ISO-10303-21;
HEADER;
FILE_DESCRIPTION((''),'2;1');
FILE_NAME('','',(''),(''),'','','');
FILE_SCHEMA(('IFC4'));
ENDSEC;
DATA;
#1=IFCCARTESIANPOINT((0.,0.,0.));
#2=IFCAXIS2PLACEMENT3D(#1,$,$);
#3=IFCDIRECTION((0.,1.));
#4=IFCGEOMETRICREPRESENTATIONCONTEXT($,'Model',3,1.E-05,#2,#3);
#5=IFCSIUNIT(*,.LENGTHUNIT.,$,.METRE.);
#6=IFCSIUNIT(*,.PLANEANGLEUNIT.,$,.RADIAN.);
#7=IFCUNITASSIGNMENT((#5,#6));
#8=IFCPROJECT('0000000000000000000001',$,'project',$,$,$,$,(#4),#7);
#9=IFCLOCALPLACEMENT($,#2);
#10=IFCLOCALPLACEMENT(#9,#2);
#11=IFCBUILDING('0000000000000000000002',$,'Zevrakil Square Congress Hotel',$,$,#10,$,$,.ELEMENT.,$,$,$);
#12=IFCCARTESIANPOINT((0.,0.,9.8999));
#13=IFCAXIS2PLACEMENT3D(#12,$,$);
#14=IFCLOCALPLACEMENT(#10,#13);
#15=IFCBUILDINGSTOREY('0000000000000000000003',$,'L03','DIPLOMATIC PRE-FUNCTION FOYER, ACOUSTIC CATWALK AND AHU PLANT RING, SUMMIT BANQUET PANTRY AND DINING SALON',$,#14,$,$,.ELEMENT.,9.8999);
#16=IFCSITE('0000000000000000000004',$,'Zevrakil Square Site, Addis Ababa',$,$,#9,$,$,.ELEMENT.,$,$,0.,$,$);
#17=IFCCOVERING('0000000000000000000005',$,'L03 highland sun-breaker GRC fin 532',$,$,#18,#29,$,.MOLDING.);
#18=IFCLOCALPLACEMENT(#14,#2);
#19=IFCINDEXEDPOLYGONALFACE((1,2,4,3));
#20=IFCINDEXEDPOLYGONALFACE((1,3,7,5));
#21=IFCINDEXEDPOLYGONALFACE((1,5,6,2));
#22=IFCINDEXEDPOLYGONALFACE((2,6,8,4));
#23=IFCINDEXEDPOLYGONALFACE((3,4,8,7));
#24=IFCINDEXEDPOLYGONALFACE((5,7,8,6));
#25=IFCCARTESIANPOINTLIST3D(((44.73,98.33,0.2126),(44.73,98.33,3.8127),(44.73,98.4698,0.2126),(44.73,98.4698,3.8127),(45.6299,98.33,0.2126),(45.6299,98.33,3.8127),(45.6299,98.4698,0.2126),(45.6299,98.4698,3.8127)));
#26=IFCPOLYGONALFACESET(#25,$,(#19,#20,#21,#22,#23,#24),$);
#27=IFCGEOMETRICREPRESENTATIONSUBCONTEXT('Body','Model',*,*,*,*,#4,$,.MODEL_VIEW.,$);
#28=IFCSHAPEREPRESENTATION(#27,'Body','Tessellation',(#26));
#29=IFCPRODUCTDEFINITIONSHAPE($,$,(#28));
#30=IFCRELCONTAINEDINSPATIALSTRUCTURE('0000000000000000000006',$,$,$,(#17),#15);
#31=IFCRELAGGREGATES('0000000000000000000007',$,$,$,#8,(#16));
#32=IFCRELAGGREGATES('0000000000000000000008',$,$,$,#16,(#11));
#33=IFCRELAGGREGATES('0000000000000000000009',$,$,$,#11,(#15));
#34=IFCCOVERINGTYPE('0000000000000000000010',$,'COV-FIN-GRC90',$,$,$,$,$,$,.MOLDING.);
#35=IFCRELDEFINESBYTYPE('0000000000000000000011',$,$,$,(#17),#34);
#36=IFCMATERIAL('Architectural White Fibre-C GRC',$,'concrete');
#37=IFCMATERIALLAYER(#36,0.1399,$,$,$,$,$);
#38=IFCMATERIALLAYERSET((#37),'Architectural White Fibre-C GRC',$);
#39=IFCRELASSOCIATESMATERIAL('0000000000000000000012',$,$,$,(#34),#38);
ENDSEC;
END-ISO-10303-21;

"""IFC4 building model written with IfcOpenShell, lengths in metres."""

from ifc_helpers import new_model, si_unit, direction, frame, origin, origin_2d, place, context, subcontext, project, spatial, rectangle, extrude, material, layer, layer_set, type_object, element, save


model = new_model("IFC4")

# Units and contexts
model_context = context("Model", 3, precision=1e-05, world=origin(), true_north=direction((0.0, 1.0)))
body_context = subcontext(model_context, "Body", "Model", "MODEL_VIEW")
ifc_project = project(units=[si_unit("LENGTHUNIT", "METRE"), si_unit("PLANEANGLEUNIT", "RADIAN")], contexts=[model_context])

# Site, building, storey
site_placement = place(None, origin())
site = spatial("IfcSite", under=ifc_project, at=site_placement, Name="Zevrakil Square Site, Addis Ababa", CompositionType="ELEMENT", RefElevation=0.0)
building_placement = place(site_placement, origin())
building = spatial("IfcBuilding", under=site, at=building_placement, Name="Zevrakil Square Congress Hotel", CompositionType="ELEMENT")
storey_placement = place(building_placement, frame((0.0, 0.0, 9.8999)))
storey = spatial("IfcBuildingStorey", under=building, at=storey_placement, Name="L03", Description="DIPLOMATIC PRE-FUNCTION FOYER, ACOUSTIC CATWALK AND AHU PLANT RING, SUMMIT BANQUET PANTRY AND DINING SALON", CompositionType="ELEMENT", Elevation=9.8999)

# Covering
ifc_material_1 = material(Name="Architectural White Fibre-C GRC", Category="concrete")
ifc_layer_1 = layer(ifc_material_1, 0.1399)
ifc_layer_set_1 = layer_set([ifc_layer_1], Name="Architectural White Fibre-C GRC")
covering_type_1 = type_object("IfcCoveringType", Name="COV-FIN-GRC90", PredefinedType="MOLDING", material=ifc_layer_set_1)
for number, where, z_axis, x_axis, name in (
    (1, (45.1799, 98.3999, 0.2126), (0.0, 0.0, 1.0), (-1.0, 0.0, 0.0), "L03 highland sun-breaker GRC fin 532"),
):
    element("IfcCovering", number, at=place(storey_placement, frame(where, z_axis=z_axis, x_axis=x_axis)), inside=storey, type_object=covering_type_1, Name=name, PredefinedType="MOLDING", context=body_context, shape_type="SweptSolid", body=[
        extrude(rectangle(XDim=0.8999, YDim=0.1399, at=origin_2d()), origin(), (0.0, 0.0, 1.0), 3.6001),
    ])

save(model, "model.ifc")
